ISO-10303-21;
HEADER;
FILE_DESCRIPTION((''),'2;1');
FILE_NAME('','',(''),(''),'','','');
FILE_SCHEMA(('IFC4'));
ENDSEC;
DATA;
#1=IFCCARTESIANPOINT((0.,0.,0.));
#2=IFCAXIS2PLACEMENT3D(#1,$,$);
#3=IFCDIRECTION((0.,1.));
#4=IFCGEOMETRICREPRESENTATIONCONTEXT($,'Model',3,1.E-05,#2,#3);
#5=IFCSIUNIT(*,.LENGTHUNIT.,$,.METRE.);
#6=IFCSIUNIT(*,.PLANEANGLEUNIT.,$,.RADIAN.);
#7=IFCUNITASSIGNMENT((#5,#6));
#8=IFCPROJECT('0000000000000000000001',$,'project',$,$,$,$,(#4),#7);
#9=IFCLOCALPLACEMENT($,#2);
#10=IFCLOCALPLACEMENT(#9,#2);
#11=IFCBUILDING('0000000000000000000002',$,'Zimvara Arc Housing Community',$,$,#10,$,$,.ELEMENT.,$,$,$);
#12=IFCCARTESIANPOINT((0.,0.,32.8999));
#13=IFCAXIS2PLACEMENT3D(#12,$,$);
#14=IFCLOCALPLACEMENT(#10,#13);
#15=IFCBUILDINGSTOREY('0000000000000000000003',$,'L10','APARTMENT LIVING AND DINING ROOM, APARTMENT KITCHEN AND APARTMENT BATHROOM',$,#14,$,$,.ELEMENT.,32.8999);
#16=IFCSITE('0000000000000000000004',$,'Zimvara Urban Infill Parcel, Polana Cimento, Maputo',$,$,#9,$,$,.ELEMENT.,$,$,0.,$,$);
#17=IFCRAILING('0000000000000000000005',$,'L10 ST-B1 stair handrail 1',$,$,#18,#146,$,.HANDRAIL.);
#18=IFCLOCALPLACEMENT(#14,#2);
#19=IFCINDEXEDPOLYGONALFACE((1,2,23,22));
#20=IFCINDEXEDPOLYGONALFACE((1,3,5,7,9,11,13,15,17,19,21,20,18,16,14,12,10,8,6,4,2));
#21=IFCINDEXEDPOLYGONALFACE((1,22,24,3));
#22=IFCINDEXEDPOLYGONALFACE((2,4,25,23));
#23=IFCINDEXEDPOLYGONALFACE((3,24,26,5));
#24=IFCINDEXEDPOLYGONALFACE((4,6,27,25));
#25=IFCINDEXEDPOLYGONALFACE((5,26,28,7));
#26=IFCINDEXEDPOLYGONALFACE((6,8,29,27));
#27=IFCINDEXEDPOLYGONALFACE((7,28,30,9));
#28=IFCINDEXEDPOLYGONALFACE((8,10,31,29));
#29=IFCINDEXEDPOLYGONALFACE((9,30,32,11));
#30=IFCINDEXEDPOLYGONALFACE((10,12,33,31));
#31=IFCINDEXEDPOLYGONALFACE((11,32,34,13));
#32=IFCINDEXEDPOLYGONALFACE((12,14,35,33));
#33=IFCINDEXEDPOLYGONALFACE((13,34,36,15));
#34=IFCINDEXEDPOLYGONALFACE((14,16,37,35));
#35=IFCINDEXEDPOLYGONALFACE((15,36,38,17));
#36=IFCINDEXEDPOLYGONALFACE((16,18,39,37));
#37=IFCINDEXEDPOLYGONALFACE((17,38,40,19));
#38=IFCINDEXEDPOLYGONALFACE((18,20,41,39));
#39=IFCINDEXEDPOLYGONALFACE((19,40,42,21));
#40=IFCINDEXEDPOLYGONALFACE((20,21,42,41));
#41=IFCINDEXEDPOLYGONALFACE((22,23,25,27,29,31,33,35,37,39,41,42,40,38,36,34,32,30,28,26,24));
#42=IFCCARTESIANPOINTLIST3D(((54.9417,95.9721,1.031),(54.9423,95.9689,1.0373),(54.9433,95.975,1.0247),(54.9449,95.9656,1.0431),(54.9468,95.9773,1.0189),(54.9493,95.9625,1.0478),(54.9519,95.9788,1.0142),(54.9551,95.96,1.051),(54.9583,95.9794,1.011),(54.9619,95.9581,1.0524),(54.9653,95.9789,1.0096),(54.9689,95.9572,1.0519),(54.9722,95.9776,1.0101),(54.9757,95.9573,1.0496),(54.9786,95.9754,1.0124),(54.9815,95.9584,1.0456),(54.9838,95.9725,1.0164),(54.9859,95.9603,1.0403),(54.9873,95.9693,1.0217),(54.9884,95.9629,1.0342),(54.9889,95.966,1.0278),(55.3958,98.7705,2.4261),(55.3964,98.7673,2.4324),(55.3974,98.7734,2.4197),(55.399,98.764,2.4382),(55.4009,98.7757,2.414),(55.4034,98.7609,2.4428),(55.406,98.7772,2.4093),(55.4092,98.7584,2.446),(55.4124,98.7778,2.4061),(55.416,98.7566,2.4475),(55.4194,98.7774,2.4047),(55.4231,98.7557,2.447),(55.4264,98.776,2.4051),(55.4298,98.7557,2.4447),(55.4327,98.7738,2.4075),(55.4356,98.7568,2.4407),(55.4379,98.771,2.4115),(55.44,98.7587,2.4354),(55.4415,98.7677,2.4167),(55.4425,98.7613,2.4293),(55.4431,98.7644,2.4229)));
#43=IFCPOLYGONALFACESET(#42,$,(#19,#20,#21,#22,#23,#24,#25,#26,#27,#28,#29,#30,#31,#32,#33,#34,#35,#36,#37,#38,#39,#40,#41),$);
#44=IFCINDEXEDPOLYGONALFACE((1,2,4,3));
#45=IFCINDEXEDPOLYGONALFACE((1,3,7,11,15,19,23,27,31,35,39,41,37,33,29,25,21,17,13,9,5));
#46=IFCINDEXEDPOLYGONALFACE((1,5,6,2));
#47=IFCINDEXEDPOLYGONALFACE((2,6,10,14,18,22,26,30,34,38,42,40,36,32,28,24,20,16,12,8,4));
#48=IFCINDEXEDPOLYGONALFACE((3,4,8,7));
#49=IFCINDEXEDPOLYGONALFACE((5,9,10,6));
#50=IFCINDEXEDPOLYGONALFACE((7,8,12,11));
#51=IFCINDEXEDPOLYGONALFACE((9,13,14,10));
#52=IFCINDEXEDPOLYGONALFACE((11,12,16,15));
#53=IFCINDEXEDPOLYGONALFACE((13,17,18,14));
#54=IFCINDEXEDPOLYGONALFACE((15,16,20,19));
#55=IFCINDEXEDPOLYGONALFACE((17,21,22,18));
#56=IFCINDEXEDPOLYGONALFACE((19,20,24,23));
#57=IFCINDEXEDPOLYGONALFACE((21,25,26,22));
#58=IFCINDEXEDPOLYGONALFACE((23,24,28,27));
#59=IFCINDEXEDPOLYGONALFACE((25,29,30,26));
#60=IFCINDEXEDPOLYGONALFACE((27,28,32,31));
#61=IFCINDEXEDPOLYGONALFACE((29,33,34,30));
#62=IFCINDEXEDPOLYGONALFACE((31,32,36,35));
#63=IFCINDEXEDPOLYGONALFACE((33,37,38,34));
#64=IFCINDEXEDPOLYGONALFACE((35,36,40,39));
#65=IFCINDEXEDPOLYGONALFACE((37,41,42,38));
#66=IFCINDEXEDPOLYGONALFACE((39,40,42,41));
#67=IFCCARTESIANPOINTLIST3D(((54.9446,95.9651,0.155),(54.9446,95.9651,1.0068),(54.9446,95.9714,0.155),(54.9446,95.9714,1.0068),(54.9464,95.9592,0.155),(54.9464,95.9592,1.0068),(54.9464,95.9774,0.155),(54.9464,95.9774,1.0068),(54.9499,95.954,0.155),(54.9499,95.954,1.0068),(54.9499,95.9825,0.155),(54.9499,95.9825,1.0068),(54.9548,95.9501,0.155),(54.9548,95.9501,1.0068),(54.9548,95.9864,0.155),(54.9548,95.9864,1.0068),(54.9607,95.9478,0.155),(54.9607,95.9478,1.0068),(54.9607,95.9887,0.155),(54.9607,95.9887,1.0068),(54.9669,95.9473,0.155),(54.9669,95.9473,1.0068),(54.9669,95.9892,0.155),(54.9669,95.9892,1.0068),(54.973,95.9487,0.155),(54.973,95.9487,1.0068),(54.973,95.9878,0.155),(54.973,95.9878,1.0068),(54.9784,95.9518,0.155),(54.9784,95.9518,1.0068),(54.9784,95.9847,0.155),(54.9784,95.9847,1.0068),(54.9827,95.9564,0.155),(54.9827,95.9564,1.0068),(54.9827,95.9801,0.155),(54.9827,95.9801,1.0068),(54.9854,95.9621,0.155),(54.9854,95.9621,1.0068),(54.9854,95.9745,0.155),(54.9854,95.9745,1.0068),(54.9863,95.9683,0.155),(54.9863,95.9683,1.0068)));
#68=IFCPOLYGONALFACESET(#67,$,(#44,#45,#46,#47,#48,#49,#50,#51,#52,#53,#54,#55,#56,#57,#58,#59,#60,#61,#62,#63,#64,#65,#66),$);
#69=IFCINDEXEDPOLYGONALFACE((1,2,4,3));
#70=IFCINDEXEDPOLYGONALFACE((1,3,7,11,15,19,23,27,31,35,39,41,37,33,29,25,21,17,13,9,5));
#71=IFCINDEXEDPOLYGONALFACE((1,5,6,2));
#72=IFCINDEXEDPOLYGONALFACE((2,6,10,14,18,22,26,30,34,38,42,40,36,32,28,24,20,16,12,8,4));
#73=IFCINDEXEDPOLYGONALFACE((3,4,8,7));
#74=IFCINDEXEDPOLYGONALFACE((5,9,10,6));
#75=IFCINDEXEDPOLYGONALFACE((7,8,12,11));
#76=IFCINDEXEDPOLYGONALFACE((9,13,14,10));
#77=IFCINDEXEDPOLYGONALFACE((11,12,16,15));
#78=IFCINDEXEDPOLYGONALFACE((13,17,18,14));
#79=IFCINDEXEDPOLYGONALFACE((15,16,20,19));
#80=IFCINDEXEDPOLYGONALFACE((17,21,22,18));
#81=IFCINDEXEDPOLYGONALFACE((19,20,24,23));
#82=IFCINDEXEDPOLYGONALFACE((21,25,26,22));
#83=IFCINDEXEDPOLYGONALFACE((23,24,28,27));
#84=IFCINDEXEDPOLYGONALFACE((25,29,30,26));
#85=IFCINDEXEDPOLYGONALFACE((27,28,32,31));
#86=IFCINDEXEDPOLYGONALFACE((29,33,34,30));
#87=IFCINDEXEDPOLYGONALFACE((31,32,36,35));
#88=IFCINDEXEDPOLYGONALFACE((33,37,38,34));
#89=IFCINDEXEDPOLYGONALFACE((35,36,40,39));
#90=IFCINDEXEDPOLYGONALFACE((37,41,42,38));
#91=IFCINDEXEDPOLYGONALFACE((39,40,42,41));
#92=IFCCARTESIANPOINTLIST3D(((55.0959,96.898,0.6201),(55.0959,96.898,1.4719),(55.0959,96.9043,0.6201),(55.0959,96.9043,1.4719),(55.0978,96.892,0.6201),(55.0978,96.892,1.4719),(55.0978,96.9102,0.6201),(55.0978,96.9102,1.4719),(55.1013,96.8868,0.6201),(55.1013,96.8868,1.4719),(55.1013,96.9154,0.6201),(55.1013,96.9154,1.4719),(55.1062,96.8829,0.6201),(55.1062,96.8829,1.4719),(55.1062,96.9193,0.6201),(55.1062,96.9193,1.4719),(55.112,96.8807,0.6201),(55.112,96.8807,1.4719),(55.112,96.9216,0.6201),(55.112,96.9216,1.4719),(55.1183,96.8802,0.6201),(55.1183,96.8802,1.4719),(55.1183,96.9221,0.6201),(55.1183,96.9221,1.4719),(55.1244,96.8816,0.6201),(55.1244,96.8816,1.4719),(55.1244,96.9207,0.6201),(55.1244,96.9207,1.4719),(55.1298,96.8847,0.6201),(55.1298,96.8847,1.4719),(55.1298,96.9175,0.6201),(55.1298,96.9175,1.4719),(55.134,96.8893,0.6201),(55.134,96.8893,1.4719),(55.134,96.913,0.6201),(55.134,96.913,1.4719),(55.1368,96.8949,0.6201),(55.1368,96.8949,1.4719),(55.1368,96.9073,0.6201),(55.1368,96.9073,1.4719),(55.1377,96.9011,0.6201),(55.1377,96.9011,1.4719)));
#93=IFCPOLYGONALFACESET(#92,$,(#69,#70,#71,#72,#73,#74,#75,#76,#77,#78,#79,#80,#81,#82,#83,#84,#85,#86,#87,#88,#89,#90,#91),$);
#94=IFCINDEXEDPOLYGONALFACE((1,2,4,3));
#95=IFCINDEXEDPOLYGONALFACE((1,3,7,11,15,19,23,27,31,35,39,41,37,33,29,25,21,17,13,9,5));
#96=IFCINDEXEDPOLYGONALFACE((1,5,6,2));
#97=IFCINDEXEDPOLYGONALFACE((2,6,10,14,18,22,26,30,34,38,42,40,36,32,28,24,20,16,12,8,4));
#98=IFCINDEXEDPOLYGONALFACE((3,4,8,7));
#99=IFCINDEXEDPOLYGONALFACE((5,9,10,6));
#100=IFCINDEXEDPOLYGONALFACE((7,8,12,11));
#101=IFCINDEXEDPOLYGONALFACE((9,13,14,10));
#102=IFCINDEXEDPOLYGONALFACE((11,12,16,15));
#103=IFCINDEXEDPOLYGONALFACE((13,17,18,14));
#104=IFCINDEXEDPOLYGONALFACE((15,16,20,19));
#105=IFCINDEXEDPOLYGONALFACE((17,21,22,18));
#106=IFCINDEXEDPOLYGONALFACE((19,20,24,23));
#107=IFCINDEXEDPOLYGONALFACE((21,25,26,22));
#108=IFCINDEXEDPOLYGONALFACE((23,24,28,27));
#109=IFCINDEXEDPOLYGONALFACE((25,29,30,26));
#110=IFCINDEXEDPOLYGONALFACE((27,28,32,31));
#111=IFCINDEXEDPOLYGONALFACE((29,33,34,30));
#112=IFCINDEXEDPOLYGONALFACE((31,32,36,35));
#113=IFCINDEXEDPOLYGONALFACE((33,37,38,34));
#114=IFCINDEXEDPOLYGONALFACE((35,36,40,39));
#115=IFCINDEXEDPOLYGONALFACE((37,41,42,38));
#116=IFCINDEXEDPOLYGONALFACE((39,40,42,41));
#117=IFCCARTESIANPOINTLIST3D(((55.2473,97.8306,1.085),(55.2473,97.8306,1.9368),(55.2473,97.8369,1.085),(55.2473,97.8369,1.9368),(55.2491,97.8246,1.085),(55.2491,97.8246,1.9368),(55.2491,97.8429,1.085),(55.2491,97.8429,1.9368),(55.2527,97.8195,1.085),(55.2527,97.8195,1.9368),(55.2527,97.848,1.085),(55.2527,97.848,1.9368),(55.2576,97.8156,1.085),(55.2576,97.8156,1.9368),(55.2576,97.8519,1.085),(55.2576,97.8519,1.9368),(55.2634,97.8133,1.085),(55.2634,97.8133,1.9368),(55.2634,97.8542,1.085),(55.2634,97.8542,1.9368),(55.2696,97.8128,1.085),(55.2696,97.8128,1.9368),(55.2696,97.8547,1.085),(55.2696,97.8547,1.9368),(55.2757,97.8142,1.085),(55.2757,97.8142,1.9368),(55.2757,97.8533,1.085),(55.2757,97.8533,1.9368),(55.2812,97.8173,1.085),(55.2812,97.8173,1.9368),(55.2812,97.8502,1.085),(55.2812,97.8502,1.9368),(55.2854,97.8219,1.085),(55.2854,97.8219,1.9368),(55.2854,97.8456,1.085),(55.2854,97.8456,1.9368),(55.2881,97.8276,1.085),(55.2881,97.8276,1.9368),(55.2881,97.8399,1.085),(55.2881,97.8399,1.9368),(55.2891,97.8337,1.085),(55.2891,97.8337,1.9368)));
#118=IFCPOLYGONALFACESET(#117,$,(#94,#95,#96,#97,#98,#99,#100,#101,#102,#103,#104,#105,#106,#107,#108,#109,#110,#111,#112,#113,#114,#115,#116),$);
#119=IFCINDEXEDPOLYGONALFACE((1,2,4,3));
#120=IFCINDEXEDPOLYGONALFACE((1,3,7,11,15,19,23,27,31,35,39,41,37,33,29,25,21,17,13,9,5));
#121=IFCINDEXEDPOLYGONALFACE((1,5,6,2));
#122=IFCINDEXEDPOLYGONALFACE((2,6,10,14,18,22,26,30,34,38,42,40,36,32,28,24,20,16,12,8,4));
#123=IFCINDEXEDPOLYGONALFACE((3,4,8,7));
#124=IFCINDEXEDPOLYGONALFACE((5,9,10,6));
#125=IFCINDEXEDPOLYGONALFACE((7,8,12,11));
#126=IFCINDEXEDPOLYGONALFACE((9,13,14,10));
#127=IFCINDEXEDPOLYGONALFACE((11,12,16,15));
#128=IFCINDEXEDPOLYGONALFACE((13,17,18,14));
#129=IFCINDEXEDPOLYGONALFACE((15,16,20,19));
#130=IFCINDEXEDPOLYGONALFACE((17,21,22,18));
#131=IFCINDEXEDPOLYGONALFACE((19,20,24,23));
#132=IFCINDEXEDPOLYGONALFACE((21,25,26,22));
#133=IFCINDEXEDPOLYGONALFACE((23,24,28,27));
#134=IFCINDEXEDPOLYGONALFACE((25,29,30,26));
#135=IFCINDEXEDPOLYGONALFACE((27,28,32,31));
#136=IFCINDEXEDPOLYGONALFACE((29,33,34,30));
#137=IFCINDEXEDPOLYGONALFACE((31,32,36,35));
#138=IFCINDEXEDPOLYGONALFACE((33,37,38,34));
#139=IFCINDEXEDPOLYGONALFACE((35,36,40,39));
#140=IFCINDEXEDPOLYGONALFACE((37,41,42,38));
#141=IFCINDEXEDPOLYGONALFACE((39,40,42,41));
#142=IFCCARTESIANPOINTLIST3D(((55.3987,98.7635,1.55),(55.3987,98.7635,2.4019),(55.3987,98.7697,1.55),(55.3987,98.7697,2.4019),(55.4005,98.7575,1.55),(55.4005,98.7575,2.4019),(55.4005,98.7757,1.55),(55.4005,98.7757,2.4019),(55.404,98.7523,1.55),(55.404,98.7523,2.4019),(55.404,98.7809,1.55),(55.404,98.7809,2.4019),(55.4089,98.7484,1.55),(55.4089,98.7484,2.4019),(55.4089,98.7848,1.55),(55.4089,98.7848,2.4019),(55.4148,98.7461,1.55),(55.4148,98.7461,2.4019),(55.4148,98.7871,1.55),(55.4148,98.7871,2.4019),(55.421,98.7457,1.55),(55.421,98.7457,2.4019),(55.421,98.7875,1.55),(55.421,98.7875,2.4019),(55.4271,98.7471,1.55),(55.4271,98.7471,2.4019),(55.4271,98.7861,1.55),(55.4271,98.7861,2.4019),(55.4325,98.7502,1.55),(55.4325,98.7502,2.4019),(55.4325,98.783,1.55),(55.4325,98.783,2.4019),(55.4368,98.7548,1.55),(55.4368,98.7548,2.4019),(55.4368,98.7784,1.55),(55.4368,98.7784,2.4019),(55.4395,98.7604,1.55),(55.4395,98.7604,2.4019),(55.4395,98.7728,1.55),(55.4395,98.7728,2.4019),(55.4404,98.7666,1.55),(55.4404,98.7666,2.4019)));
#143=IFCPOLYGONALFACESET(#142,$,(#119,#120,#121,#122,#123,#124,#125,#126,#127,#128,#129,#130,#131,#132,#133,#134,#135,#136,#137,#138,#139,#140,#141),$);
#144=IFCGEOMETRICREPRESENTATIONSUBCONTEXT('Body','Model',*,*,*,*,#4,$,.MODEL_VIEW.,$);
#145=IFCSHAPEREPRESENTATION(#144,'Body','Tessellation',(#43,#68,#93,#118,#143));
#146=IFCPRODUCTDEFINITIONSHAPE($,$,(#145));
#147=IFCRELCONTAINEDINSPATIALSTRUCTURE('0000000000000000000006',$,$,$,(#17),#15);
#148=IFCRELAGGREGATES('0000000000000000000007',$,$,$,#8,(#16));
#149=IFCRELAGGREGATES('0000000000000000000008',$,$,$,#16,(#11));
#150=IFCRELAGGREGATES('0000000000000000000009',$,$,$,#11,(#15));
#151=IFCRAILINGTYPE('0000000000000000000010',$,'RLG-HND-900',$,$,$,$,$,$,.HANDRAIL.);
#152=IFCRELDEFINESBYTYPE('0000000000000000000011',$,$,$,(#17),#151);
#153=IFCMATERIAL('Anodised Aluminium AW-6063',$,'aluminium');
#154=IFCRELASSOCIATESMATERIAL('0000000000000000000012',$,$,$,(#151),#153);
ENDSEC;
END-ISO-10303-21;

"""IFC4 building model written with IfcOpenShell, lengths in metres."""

from ifc_helpers import new_model, si_unit, direction, frame, origin, origin_2d, place, context, subcontext, project, spatial, circle, extrude, material, type_object, element, save


model = new_model("IFC4")

# Units and contexts
model_context = context("Model", 3, precision=1e-05, world=origin(), true_north=direction((0.0, 1.0)))
body_context = subcontext(model_context, "Body", "Model", "MODEL_VIEW")
ifc_project = project(units=[si_unit("LENGTHUNIT", "METRE"), si_unit("PLANEANGLEUNIT", "RADIAN")], contexts=[model_context])

# Site, building, storey
site_placement = place(None, origin())
site = spatial("IfcSite", under=ifc_project, at=site_placement, Name="Zimvara Urban Infill Parcel, Polana Cimento, Maputo", CompositionType="ELEMENT", RefElevation=0.0)
building_placement = place(site_placement, origin())
building = spatial("IfcBuilding", under=site, at=building_placement, Name="Zimvara Arc Housing Community", CompositionType="ELEMENT")
storey_placement = place(building_placement, frame((0.0, 0.0, 32.8999)))
storey = spatial("IfcBuildingStorey", under=building, at=storey_placement, Name="L10", Description="APARTMENT LIVING AND DINING ROOM, APARTMENT KITCHEN AND APARTMENT BATHROOM", CompositionType="ELEMENT", Elevation=32.8999)

# Railing
ifc_material_1 = material(Name="Anodised Aluminium AW-6063", Category="aluminium")
railing_type_1 = type_object("IfcRailingType", Name="RLG-HND-900", PredefinedType="HANDRAIL", material=ifc_material_1)
railing_1_placement = place(storey_placement, frame((54.9653, 95.9683, 0.155)))
element("IfcRailing", 1, at=railing_1_placement, inside=storey, type_object=railing_type_1, Name="L10 ST-B1 stair handrail 1", PredefinedType="HANDRAIL", context=body_context, shape_type="SweptSolid", body=[
    extrude(circle(Radius=0.0239, at=origin_2d()), frame((0.0, 0.0, 0.876), z_axis=(0.143722, 0.885666, 0.44152), x_axis=(-0.987088, 0.16018, 0.0)), (0.0, 0.0, 1.0), 3.1597),
    extrude(circle(Radius=0.021, at=origin_2d()), origin(), (0.0, 0.0, 1.0), 0.8518),
    extrude(circle(Radius=0.021, at=origin_2d()), frame((0.1514, 0.9329, 0.4651)), (0.0, 0.0, 1.0), 0.8518),
    extrude(circle(Radius=0.021, at=origin_2d()), frame((0.3027, 1.8655, 0.9299)), (0.0, 0.0, 1.0), 0.8518),
    extrude(circle(Radius=0.021, at=origin_2d()), frame((0.4541, 2.7983, 1.395)), (0.0, 0.0, 1.0), 0.8518),
])

save(model, "model.ifc")
